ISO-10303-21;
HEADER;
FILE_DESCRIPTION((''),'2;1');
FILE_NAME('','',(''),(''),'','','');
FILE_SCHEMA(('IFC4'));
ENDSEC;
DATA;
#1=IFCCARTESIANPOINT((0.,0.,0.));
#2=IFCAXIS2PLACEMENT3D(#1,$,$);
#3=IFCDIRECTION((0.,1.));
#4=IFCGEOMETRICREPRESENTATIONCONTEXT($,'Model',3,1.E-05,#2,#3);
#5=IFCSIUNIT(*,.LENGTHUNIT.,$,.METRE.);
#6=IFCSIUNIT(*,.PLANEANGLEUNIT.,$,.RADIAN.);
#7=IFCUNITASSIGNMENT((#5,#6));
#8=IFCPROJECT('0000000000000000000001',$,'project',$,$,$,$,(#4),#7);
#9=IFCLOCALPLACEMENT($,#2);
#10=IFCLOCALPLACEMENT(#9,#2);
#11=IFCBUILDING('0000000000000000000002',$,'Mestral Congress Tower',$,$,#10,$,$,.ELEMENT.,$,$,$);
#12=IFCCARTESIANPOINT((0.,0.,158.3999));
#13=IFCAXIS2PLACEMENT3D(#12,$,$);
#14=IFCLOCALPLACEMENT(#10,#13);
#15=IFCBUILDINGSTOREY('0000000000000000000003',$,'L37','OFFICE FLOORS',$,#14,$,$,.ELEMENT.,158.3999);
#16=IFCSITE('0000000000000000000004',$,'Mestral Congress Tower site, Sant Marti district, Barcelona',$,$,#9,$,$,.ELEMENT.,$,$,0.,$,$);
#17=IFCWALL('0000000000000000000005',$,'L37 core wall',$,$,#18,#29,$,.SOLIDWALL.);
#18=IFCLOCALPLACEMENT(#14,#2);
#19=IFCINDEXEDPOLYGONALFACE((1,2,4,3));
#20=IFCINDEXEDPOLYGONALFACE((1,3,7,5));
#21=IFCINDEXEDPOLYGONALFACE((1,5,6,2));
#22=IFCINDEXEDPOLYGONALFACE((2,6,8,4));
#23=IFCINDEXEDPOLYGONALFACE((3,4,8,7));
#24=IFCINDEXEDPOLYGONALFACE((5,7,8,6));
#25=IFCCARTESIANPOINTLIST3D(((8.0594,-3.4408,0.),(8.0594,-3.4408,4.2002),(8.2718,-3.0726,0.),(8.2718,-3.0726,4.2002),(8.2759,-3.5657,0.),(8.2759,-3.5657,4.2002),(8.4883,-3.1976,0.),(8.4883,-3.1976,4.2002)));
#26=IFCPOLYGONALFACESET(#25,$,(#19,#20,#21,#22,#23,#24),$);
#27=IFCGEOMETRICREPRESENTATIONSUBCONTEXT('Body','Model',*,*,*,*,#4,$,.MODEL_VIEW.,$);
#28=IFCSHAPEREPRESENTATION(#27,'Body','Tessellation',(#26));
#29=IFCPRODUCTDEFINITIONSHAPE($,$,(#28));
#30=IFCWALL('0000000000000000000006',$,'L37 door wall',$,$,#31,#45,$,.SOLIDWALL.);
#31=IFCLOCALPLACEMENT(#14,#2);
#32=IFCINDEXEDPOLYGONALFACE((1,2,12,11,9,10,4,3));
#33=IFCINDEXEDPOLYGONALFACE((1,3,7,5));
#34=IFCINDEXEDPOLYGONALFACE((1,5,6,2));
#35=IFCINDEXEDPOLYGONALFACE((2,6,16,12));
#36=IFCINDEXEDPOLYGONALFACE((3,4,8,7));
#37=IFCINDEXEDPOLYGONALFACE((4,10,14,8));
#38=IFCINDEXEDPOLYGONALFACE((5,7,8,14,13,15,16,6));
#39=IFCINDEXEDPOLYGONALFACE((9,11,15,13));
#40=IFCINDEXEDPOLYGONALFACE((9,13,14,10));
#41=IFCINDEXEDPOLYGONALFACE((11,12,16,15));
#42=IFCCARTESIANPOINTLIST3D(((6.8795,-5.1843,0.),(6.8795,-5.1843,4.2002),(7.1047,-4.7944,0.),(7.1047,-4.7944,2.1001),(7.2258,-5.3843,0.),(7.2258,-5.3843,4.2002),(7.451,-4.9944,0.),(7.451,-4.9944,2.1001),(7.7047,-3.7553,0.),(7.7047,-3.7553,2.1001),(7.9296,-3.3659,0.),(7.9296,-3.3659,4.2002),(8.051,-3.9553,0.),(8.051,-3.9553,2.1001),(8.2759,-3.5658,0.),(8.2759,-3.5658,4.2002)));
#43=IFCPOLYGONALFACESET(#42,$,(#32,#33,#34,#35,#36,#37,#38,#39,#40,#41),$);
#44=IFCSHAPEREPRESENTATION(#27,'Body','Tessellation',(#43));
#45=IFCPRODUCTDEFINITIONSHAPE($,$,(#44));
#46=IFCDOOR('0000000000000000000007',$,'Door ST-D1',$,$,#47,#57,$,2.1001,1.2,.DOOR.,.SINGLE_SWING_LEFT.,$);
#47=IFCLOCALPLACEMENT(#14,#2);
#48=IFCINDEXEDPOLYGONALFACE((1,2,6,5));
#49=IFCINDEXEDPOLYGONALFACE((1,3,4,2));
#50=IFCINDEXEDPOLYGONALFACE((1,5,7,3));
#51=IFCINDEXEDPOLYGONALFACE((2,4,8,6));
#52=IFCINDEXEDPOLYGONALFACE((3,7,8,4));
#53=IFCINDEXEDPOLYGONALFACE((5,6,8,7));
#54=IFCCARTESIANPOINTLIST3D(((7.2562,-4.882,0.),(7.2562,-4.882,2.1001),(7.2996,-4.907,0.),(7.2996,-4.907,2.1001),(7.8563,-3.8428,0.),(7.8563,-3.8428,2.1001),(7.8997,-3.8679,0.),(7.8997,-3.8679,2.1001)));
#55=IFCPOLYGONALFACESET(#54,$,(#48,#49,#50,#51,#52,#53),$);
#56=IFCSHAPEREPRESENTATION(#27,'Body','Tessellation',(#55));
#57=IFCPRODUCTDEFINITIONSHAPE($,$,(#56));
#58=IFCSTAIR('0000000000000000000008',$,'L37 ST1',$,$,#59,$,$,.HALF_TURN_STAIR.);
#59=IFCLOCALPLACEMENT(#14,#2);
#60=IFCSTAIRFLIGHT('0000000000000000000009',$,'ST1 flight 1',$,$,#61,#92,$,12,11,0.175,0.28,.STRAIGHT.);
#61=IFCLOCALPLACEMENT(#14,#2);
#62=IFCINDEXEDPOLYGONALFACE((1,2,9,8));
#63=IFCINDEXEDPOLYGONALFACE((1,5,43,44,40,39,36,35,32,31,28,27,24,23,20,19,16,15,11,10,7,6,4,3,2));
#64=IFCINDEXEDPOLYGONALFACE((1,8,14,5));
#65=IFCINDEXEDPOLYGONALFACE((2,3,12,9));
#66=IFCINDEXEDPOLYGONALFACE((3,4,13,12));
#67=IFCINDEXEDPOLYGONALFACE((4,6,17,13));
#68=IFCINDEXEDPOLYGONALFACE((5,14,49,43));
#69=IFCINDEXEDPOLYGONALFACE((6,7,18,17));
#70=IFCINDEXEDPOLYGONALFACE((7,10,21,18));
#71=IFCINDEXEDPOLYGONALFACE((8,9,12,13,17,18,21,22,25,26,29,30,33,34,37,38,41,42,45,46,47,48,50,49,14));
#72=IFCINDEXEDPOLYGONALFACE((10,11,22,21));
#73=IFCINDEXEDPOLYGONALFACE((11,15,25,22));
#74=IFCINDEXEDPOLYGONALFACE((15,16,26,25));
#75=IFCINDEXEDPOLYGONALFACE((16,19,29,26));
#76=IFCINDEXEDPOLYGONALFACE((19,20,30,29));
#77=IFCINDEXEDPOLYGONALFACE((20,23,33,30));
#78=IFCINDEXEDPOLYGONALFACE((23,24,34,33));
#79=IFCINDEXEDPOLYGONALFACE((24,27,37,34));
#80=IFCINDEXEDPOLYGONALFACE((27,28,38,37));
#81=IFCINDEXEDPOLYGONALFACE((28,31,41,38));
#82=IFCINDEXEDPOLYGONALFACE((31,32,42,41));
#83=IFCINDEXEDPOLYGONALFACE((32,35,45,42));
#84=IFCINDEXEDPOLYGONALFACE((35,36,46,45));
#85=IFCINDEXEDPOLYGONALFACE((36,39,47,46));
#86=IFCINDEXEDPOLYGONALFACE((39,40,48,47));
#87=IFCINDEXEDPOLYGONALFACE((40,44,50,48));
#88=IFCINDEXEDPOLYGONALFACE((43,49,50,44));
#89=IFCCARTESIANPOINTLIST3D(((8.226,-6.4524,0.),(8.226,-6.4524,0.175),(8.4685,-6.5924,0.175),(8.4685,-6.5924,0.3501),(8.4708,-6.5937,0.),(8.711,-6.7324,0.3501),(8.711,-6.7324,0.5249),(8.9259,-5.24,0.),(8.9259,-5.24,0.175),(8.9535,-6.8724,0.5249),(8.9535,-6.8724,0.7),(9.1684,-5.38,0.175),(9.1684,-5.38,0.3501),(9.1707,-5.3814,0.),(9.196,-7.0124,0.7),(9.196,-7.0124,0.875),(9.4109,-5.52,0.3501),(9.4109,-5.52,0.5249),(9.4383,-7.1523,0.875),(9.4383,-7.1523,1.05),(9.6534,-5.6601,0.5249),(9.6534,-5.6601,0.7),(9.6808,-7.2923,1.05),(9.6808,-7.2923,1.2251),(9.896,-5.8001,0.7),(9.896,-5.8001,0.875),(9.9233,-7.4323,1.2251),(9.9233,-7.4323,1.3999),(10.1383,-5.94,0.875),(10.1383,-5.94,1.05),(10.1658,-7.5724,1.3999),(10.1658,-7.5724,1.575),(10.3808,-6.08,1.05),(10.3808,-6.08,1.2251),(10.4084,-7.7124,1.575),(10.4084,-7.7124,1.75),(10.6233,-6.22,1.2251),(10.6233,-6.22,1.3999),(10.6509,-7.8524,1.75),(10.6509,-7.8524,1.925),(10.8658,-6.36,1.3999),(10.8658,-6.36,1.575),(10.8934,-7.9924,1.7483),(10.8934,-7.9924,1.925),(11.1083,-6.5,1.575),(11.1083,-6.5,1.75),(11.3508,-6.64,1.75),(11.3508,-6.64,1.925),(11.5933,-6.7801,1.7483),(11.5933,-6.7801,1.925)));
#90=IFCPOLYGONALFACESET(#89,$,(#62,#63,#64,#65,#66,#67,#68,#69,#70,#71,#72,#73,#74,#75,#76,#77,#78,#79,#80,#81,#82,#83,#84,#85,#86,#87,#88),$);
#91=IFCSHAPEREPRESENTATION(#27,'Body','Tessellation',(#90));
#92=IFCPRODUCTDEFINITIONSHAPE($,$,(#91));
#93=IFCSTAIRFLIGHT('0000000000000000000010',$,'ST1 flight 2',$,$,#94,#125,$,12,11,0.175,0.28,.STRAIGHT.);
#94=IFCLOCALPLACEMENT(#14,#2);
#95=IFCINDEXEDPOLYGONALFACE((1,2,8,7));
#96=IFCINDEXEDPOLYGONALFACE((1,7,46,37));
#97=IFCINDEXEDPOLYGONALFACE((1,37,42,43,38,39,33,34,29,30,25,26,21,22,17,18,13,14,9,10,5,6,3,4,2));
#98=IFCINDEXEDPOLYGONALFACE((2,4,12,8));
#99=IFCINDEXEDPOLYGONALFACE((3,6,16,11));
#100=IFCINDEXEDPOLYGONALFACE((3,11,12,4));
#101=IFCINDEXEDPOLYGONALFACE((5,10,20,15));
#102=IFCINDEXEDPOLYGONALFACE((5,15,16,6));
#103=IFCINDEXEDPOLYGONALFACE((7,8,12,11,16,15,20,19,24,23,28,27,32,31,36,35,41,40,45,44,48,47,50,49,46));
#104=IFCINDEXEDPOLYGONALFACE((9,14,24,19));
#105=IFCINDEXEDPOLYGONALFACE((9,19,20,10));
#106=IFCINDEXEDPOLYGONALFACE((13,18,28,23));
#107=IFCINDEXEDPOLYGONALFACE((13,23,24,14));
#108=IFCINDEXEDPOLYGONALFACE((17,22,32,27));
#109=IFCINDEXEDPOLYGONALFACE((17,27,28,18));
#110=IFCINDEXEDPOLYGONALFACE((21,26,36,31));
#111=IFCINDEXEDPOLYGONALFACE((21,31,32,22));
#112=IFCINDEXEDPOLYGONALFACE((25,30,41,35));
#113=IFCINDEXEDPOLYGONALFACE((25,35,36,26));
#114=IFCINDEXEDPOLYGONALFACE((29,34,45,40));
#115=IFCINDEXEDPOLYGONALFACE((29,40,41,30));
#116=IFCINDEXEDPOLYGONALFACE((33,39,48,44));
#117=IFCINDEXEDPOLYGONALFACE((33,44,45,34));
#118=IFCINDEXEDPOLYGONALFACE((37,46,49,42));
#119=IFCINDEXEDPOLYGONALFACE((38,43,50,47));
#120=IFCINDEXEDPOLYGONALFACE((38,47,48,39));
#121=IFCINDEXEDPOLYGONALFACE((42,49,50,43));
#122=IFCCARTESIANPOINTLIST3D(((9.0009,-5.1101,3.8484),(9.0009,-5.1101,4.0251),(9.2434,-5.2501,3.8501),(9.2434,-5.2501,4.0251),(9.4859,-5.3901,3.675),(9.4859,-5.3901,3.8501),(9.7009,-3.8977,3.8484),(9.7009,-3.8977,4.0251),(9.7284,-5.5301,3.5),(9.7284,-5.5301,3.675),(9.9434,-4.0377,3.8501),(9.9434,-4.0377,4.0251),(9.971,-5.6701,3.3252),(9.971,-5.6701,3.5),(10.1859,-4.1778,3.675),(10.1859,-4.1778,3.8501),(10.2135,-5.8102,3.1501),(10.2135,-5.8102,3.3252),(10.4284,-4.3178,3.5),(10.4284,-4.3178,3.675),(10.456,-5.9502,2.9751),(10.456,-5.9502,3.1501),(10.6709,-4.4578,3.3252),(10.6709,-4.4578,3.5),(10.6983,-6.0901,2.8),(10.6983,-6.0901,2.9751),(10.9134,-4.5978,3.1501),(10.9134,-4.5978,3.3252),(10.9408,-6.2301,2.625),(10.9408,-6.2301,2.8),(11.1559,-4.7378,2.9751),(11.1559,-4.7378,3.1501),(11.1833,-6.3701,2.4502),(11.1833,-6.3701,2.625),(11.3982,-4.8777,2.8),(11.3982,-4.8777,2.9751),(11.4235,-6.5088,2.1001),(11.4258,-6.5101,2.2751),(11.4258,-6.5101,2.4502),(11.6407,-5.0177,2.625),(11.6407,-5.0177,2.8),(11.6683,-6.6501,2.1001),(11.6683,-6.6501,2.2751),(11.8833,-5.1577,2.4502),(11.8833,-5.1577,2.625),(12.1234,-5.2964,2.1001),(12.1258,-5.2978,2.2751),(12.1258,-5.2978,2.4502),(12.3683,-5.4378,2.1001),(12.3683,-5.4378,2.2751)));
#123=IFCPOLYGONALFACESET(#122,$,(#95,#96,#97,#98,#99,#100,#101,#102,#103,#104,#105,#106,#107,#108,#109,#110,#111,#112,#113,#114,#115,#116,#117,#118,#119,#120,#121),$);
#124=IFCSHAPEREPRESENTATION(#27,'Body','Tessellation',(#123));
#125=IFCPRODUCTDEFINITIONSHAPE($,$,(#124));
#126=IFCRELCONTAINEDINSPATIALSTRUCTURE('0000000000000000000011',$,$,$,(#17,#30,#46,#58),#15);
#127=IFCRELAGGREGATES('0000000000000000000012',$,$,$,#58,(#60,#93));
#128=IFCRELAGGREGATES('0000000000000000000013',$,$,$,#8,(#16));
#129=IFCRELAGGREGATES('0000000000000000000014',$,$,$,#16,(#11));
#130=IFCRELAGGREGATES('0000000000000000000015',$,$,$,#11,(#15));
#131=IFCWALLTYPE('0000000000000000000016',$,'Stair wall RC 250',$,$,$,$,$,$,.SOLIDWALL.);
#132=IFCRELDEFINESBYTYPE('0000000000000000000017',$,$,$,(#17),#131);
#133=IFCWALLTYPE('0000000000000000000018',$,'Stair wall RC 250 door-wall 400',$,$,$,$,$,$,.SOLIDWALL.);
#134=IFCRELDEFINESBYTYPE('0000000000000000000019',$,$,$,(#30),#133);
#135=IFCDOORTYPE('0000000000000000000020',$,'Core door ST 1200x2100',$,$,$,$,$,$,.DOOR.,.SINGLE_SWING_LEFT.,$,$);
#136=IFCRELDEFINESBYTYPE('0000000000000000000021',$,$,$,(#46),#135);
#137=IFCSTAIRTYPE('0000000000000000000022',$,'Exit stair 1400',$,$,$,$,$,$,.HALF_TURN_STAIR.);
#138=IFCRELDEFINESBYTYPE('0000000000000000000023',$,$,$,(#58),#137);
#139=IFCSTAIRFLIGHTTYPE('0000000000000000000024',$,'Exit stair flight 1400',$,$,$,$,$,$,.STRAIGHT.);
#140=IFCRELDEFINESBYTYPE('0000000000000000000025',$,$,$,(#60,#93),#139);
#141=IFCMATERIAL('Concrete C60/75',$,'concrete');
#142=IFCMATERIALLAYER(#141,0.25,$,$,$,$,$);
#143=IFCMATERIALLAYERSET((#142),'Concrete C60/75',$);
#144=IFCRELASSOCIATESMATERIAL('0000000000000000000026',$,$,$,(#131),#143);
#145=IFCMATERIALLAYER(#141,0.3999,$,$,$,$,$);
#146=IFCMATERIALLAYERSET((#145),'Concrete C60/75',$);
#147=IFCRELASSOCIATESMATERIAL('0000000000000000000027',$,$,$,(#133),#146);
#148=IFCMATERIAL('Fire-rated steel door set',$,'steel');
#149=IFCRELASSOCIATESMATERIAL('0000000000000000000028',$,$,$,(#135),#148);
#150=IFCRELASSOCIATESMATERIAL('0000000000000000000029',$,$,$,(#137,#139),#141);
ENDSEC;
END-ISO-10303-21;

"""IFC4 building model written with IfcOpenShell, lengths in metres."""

from ifc_helpers import new_model, si_unit, direction, frame, frame_2d, origin, place, context, subcontext, project, spatial, polyline, rectangle, outline, extrude, material, layer, layer_set, type_object, element, fill, aggregate, save


model = new_model("IFC4")

# Units and contexts
model_context = context("Model", 3, precision=1e-05, world=origin(), true_north=direction((0.0, 1.0)))
body_context = subcontext(model_context, "Body", "Model", "MODEL_VIEW")
ifc_project = project(units=[si_unit("LENGTHUNIT", "METRE"), si_unit("PLANEANGLEUNIT", "RADIAN")], contexts=[model_context])

# Site, building, storey
site_placement = place(None, origin())
site = spatial("IfcSite", under=ifc_project, at=site_placement, Name="Mestral Congress Tower site, Sant Marti district, Barcelona", CompositionType="ELEMENT", RefElevation=0.0)
building_placement = place(site_placement, origin())
building = spatial("IfcBuilding", under=site, at=building_placement, Name="Mestral Congress Tower", CompositionType="ELEMENT")
storey_placement = place(building_placement, frame((0.0, 0.0, 158.3999)))
storey = spatial("IfcBuildingStorey", under=building, at=storey_placement, Name="L37", Description="OFFICE FLOORS", CompositionType="ELEMENT", Elevation=158.3999)

# Shared definitions
ifc_material_1 = material(Name="Fire-rated steel door set", Category="steel")

# Wall
ifc_material_2 = material(Name="Concrete C60/75", Category="concrete")
ifc_layer_1 = layer(ifc_material_2, 0.25)
ifc_layer_set_1 = layer_set([ifc_layer_1], Name="Concrete C60/75")
wall_type_1 = type_object("IfcWallType", Name="Stair wall RC 250", PredefinedType="SOLIDWALL", material=ifc_layer_set_1)
wall_1_placement = place(storey_placement, frame((8.1677, -3.5032, 0.0), z_axis=(0.0, 0.0, 1.0), x_axis=(0.499722, 0.866186, 0.0)))
element("IfcWall", 1, at=wall_1_placement, inside=storey, type_object=wall_type_1, Name="L37 core wall", PredefinedType="SOLIDWALL", context=body_context, shape_type="SweptSolid", body=[
    extrude(rectangle(XDim=0.425, YDim=0.25, at=frame_2d((0.2124, 0.0))), origin(), (0.0, 0.0, 1.0), 4.2002),
])

# Wall, opening, door
ifc_layer_2 = layer(ifc_material_2, 0.3999)
ifc_layer_set_2 = layer_set([ifc_layer_2], Name="Concrete C60/75")
wall_type_2 = type_object("IfcWallType", Name="Stair wall RC 250 door-wall 400", PredefinedType="SOLIDWALL", material=ifc_layer_set_2)
wall_2_placement = place(storey_placement, frame((7.0527, -5.2842, 0.0), z_axis=(0.0, 0.0, 1.0), x_axis=(0.500078, 0.86598, 0.0)))
wall_2 = element("IfcWall", 2, at=wall_2_placement, inside=storey, type_object=wall_type_2, Name="L37 door wall", PredefinedType="SOLIDWALL", context=body_context, shape_type="SweptSolid", body=[
    extrude(rectangle(XDim=2.0999, YDim=0.3999, at=frame_2d((1.0498, 0.0))), origin(), (0.0, 0.0, 1.0), 4.2002),
])
opening_1_placement = place(wall_2_placement, frame((0.45, 0.0, 0.0)))
opening_1 = element("IfcOpeningElement", 3, at=opening_1_placement, cuts=wall_2, PredefinedType="OPENING", context=body_context, shape_type="SweptSolid", body=[
    extrude(rectangle(XDim=1.2, YDim=2.1001, at=frame_2d((0.6001, 1.05))), frame((0.0, 0.21, 0.0), z_axis=(0.0, -1.0, 0.0), x_axis=(1.0, 0.0, 0.0)), (0.0, 0.0, 1.0), 0.4199),
])
door_type_1 = type_object("IfcDoorType", Name="Core door ST 1200x2100", OperationType="SINGLE_SWING_LEFT", PredefinedType="DOOR", material=ifc_material_1)
door_1_placement = place(opening_1_placement, origin())
door_1 = element("IfcDoor", 4, at=door_1_placement, inside=storey, type_object=door_type_1, Name="Door ST-D1", OperationType="SINGLE_SWING_LEFT", OverallHeight=2.1001, OverallWidth=1.2, PredefinedType="DOOR", context=body_context, shape_type="SweptSolid", body=[
    extrude(rectangle(XDim=1.2, YDim=2.1001, at=frame_2d((0.6001, 1.05))), frame((0.0, 0.0249, 0.0), z_axis=(0.0, -1.0, 0.0), x_axis=(1.0, 0.0, 0.0)), (0.0, 0.0, 1.0), 0.05),
])
fill(opening_1, door_1)

# Stair, stair flights
stair_type = type_object("IfcStairType", Name="Exit stair 1400", PredefinedType="HALF_TURN_STAIR", material=ifc_material_2)
stair_placement = place(storey_placement, origin())
stair = element("IfcStair", 5, at=stair_placement, inside=storey, type_object=stair_type, Name="L37 ST1", PredefinedType="HALF_TURN_STAIR")
stair_flight_type = type_object("IfcStairFlightType", Name="Exit stair flight 1400", PredefinedType="STRAIGHT", material=ifc_material_2)
stair_flight_1_placement = place(storey_placement, frame((8.5759, -5.8462, 0.0), z_axis=(0.0, 0.0, 1.0), x_axis=(0.866025, -0.5, 0.0)))
stair_flight_1 = element("IfcStairFlight", 6, at=stair_flight_1_placement, type_object=stair_flight_type, Name="ST1 flight 1", NumberOfRisers=12, NumberOfTreads=11, PredefinedType="STRAIGHT", RiserHeight=0.175, TreadLength=0.28, context=body_context, shape_type="SweptSolid", body=[
    extrude(outline(polyline([(0.0, 0.0), (0.0, 0.175), (0.28, 0.175), (0.28, 0.3501), (0.5601, 0.3501), (0.5601, 0.5249), (0.8401, 0.5249), (0.8401, 0.7), (1.1201, 0.7), (1.1201, 0.875), (1.3999, 0.875), (1.3999, 1.05), (1.6799, 1.05), (1.6799, 1.2251), (1.96, 1.2251), (1.96, 1.3999), (2.24, 1.3999), (2.24, 1.575), (2.52, 1.575), (2.52, 1.75), (2.8, 1.75), (2.8, 1.925), (3.0801, 1.925), (3.0801, 2.1001), (3.0801, 1.7483), (0.2827, 0.0), (0.0, 0.0)])), frame((0.0, 0.7, 0.0), z_axis=(0.0, -1.0, 0.0), x_axis=(1.0, 0.0, 0.0)), (0.0, 0.0, 1.0), 1.3999),
])
stair_flight_2_placement = place(storey_placement, frame((12.0183, -6.0439, 2.1001), z_axis=(0.0, 0.0, 1.0), x_axis=(-0.866025, 0.5, 0.0)))
stair_flight_2 = element("IfcStairFlight", 7, at=stair_flight_2_placement, type_object=stair_flight_type, Name="ST1 flight 2", NumberOfRisers=12, NumberOfTreads=11, PredefinedType="STRAIGHT", RiserHeight=0.175, TreadLength=0.28, context=body_context, shape_type="SweptSolid", body=[
    extrude(outline(polyline([(0.0, 0.0), (0.0, 0.175), (0.28, 0.175), (0.28, 0.3501), (0.5601, 0.3501), (0.5601, 0.5249), (0.8401, 0.5249), (0.8401, 0.7), (1.1201, 0.7), (1.1201, 0.875), (1.3999, 0.875), (1.3999, 1.05), (1.6799, 1.05), (1.6799, 1.2251), (1.96, 1.2251), (1.96, 1.3999), (2.24, 1.3999), (2.24, 1.575), (2.52, 1.575), (2.52, 1.75), (2.8, 1.75), (2.8, 1.925), (3.0801, 1.925), (3.0801, 2.1001), (3.0801, 1.7483), (0.2827, 0.0), (0.0, 0.0)])), frame((0.0, 0.7, 0.0), z_axis=(0.0, -1.0, 0.0), x_axis=(1.0, 0.0, 0.0)), (0.0, 0.0, 1.0), 1.3999),
])
aggregate(stair, [stair_flight_1, stair_flight_2])

save(model, "model.ifc")
